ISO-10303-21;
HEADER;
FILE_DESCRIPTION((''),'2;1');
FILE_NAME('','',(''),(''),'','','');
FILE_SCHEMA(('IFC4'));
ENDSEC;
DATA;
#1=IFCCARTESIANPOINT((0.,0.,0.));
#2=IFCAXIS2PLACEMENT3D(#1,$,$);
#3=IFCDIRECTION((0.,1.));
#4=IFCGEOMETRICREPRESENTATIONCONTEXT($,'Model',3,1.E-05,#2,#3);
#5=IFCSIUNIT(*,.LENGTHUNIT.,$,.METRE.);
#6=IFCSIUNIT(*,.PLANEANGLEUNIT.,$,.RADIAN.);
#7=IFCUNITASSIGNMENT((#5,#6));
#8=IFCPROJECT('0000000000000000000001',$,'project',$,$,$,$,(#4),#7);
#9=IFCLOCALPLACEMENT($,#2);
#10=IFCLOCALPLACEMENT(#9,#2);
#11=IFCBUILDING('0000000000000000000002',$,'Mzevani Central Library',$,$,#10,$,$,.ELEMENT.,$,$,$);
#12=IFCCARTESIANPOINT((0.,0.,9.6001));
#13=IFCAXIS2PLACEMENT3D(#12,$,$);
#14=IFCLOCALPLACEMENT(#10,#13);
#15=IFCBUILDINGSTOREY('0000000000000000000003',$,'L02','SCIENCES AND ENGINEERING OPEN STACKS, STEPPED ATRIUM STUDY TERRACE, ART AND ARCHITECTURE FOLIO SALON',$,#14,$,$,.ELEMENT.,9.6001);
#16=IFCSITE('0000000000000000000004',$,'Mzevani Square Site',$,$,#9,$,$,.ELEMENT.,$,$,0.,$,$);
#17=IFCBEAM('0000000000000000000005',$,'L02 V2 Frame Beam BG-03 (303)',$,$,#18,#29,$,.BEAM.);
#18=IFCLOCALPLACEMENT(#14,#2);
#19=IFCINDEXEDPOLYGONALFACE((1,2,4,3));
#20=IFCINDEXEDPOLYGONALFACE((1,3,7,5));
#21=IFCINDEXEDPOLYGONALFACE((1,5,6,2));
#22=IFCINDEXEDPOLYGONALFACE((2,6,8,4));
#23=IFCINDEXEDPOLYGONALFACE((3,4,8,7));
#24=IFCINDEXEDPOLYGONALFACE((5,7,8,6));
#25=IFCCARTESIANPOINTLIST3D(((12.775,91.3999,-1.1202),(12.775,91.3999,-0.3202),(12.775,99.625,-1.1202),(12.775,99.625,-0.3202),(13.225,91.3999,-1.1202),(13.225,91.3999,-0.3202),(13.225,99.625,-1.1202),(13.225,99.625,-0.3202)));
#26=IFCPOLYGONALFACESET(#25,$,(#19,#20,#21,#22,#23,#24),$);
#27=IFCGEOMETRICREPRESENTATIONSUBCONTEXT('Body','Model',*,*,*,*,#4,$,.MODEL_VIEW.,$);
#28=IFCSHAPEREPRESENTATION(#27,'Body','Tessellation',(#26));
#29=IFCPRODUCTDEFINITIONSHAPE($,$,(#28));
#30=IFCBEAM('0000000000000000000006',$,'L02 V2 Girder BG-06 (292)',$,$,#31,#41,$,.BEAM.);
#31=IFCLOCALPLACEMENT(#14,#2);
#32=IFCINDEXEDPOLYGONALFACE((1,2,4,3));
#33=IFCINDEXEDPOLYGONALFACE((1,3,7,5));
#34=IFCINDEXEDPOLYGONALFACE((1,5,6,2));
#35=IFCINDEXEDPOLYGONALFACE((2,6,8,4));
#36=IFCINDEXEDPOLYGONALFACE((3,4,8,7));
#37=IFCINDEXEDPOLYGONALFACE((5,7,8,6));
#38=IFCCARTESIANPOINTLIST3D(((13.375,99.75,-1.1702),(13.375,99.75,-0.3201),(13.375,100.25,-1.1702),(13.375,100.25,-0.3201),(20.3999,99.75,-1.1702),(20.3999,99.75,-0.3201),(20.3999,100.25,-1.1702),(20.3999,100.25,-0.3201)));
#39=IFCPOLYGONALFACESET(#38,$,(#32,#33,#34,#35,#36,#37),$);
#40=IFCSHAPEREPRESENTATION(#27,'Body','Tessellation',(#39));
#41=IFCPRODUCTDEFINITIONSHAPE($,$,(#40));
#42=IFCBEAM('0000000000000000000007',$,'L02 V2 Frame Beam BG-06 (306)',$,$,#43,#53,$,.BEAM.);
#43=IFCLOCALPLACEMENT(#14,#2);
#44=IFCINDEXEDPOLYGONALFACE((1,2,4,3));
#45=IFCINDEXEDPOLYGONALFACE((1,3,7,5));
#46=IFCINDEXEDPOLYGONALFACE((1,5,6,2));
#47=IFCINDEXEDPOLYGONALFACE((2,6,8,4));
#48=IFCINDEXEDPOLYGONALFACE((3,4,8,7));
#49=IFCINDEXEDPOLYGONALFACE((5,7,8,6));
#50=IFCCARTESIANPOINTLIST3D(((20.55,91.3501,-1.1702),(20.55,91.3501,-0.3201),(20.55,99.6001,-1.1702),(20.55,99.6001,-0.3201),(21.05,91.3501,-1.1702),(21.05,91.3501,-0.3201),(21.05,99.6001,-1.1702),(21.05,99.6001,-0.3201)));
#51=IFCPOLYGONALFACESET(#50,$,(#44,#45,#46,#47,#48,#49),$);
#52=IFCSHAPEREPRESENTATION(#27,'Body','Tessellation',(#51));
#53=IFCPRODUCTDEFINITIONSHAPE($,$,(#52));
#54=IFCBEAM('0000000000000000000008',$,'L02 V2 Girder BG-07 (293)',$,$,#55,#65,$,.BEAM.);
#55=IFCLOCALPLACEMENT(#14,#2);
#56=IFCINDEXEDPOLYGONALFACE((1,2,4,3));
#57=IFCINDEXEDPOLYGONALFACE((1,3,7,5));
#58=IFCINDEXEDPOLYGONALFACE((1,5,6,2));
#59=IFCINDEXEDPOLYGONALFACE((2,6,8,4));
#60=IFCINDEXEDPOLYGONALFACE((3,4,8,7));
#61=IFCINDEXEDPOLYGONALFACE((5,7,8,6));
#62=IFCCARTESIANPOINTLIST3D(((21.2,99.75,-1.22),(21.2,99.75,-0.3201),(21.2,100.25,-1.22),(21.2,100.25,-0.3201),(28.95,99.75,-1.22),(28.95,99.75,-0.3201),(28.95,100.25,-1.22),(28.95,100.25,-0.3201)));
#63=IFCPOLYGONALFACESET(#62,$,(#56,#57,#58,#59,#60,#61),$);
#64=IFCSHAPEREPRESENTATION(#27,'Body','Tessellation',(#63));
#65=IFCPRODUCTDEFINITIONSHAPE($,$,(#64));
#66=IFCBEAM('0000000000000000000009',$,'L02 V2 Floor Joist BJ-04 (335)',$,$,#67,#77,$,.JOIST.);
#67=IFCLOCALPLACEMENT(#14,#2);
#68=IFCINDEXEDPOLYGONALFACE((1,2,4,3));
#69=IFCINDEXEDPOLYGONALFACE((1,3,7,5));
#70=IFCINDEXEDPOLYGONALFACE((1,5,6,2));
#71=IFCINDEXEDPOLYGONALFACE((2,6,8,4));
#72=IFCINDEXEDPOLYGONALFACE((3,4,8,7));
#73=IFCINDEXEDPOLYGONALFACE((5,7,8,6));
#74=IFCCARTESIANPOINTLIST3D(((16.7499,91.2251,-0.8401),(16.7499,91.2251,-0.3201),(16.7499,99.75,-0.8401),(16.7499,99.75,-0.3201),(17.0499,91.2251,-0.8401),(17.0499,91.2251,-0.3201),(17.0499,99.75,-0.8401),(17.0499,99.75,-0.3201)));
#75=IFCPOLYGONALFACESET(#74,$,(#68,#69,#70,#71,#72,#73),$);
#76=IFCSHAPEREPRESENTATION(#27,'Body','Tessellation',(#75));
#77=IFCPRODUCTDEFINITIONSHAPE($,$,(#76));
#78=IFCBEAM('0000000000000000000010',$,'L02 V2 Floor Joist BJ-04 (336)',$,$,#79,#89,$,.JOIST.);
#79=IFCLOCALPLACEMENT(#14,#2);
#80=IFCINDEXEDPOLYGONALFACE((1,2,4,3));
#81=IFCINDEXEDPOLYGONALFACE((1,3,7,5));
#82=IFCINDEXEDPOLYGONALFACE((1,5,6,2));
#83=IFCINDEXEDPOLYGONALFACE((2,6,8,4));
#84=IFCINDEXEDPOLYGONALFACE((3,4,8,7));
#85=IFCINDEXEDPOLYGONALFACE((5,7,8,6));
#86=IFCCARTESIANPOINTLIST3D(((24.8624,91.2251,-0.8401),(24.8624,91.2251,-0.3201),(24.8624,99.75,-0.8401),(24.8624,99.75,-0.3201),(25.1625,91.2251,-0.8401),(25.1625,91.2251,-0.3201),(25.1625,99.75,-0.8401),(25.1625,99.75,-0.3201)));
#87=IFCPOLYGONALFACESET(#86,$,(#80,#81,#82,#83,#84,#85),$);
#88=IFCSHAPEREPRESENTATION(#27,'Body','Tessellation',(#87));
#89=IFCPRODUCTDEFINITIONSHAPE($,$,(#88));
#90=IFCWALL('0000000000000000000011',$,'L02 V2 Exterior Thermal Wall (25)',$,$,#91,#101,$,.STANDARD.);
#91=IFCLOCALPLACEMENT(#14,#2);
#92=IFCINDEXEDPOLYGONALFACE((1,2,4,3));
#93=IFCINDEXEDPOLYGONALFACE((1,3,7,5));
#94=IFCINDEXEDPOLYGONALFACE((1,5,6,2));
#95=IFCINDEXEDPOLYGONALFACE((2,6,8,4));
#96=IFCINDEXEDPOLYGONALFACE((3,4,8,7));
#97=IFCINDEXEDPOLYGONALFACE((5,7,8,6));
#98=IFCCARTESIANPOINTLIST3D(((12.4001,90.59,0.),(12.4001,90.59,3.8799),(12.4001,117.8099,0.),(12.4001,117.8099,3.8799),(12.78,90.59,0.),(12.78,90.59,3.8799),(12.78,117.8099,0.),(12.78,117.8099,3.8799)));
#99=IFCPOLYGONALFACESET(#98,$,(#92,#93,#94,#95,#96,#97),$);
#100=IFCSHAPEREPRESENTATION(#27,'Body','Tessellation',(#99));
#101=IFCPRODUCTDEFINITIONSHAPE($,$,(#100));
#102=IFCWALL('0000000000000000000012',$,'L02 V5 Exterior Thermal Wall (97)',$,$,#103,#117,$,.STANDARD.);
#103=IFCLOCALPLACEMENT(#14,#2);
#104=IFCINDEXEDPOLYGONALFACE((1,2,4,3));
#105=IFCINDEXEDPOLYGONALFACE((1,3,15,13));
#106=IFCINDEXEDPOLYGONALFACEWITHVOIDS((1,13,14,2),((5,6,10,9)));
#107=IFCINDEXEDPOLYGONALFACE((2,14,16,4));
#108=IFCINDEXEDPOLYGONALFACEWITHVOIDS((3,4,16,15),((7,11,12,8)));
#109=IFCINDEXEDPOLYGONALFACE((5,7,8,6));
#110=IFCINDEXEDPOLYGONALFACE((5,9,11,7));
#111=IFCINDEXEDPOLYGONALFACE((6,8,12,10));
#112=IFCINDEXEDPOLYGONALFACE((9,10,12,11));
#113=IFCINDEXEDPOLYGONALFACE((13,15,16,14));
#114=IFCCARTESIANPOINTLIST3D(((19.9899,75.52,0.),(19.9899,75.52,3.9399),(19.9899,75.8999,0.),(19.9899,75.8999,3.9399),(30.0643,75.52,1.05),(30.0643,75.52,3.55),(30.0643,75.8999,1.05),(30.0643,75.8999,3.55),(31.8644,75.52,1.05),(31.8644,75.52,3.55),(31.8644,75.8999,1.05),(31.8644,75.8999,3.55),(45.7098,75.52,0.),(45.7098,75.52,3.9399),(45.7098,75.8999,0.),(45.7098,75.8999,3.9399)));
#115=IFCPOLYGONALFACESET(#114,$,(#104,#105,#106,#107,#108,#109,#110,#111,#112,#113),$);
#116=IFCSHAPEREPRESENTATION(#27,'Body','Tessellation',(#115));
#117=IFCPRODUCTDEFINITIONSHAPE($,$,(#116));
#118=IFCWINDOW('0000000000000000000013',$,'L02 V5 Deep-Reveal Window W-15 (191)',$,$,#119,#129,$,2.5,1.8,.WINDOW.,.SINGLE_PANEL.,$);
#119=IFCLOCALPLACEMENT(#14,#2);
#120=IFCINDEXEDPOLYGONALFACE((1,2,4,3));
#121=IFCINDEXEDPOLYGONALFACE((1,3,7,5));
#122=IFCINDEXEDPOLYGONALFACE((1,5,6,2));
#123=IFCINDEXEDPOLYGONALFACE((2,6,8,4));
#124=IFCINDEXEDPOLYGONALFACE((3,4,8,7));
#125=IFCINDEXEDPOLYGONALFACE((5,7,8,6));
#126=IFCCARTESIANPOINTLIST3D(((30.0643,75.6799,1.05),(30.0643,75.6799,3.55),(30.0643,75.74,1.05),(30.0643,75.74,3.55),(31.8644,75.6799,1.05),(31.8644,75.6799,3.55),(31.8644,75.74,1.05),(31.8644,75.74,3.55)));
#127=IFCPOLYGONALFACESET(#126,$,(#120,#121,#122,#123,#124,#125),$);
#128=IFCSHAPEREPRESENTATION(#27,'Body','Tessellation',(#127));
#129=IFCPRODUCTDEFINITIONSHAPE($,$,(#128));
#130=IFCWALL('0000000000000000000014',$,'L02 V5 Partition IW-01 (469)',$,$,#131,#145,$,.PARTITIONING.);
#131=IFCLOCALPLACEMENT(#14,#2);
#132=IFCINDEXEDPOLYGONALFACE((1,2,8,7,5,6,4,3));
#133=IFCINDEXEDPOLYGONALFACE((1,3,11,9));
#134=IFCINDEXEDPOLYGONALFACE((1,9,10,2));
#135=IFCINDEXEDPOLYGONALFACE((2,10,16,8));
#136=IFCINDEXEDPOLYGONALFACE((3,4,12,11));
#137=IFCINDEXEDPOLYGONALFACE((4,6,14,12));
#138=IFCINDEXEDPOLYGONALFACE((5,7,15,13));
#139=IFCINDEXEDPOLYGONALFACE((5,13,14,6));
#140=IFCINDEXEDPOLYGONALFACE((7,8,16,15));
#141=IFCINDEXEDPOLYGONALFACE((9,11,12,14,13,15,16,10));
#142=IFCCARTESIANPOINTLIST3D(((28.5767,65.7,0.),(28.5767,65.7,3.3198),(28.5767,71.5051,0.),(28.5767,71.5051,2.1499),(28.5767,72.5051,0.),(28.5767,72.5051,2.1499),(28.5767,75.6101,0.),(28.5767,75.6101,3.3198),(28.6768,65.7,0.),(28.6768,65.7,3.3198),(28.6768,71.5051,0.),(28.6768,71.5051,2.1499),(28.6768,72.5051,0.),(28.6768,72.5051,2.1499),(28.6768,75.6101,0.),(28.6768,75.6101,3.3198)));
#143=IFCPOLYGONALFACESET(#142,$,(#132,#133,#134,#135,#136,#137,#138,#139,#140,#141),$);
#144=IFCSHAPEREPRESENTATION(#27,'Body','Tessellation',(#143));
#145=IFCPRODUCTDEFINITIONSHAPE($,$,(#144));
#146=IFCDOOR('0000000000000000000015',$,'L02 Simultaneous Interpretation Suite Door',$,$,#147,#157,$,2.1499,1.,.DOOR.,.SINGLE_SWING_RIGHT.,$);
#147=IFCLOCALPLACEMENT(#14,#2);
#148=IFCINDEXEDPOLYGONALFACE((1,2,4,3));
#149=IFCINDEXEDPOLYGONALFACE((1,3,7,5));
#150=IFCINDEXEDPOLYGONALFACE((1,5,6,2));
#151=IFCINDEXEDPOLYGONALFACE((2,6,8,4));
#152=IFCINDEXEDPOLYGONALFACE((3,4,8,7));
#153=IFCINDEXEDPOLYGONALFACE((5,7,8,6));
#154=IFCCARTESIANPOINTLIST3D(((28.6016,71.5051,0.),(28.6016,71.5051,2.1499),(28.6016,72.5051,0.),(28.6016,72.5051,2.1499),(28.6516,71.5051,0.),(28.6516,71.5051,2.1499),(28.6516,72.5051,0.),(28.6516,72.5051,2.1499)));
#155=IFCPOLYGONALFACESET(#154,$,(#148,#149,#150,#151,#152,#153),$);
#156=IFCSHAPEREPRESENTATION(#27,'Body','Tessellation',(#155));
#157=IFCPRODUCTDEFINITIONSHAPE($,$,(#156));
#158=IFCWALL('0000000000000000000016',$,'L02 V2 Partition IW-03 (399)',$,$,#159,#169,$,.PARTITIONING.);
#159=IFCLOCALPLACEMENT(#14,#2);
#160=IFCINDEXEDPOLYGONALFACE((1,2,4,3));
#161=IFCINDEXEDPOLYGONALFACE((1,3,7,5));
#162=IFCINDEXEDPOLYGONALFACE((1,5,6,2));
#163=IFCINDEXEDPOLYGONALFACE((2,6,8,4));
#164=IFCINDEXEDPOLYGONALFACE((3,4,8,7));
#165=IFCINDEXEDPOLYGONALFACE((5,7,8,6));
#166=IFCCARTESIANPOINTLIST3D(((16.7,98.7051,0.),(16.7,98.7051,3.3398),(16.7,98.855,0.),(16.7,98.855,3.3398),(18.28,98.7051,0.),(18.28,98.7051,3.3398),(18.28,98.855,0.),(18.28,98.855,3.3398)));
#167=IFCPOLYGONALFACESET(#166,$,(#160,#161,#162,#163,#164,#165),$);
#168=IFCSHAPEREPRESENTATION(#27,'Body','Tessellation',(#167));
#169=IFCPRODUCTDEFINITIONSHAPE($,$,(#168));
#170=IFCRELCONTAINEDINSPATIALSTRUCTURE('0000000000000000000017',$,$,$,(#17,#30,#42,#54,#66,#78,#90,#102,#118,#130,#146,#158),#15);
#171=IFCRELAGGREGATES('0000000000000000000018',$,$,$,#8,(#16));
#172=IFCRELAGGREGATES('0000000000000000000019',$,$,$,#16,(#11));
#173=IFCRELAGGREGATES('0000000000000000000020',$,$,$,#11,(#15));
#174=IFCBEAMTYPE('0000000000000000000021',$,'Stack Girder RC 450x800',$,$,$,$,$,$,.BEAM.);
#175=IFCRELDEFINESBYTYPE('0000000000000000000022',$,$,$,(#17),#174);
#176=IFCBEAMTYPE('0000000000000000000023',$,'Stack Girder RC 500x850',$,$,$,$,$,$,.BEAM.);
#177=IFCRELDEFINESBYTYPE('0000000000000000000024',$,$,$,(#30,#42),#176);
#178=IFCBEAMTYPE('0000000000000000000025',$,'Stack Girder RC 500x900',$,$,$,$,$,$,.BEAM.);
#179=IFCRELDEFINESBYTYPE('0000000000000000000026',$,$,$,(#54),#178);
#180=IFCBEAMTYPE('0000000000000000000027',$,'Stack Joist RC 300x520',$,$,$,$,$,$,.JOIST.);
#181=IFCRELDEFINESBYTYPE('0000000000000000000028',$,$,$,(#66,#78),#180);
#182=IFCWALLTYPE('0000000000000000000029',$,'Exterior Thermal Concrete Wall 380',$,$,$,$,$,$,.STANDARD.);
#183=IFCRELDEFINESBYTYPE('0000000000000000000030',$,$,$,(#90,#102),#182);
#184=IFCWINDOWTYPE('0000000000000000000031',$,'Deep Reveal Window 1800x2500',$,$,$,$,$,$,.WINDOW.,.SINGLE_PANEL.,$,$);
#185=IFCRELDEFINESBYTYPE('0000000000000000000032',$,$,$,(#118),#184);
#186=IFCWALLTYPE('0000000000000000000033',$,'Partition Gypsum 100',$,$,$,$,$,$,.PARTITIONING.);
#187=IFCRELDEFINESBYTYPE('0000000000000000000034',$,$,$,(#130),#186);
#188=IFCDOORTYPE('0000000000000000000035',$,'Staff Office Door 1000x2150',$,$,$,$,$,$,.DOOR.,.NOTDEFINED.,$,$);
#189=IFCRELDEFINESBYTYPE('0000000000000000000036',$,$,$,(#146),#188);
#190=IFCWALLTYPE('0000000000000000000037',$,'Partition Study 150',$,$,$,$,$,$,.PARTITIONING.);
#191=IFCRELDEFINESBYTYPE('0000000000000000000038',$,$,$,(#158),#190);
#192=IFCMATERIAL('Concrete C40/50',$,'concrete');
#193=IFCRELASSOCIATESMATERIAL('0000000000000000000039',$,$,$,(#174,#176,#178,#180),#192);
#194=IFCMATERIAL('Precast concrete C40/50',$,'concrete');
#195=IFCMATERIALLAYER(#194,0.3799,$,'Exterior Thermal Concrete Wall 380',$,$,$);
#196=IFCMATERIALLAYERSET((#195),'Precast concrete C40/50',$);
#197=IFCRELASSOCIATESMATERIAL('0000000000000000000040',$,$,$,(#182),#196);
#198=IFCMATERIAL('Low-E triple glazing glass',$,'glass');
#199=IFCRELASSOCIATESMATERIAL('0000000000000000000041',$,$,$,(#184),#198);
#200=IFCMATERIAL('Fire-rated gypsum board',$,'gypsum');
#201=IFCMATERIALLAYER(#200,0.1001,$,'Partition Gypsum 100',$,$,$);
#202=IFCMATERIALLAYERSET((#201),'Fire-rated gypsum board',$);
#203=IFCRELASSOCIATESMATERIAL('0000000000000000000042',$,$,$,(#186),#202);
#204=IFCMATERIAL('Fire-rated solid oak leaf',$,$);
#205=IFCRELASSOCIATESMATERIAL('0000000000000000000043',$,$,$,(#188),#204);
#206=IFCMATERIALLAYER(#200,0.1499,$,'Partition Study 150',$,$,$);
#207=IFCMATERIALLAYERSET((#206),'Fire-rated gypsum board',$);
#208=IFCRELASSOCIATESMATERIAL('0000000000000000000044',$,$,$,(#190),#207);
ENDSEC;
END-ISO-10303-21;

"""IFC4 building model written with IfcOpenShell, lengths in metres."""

from ifc_helpers import new_model, si_unit, direction, frame, frame_2d, origin, origin_2d, place, context, subcontext, project, spatial, rectangle, extrude, material, layer, layer_set, material_profile, profile_set, type_object, element, fill, save


model = new_model("IFC4")

# Units and contexts
model_context = context("Model", 3, precision=1e-05, world=origin(), true_north=direction((0.0, 1.0)))
body_context = subcontext(model_context, "Body", "Model", "MODEL_VIEW")
ifc_project = project(units=[si_unit("LENGTHUNIT", "METRE"), si_unit("PLANEANGLEUNIT", "RADIAN")], contexts=[model_context])

# Site, building, storey
site_placement = place(None, origin())
site = spatial("IfcSite", under=ifc_project, at=site_placement, Name="Mzevani Square Site", CompositionType="ELEMENT", RefElevation=0.0)
building_placement = place(site_placement, origin())
building = spatial("IfcBuilding", under=site, at=building_placement, Name="Mzevani Central Library", CompositionType="ELEMENT")
storey_placement = place(building_placement, frame((0.0, 0.0, 9.6001)))
storey = spatial("IfcBuildingStorey", under=building, at=storey_placement, Name="L02", Description="SCIENCES AND ENGINEERING OPEN STACKS, STEPPED ATRIUM STUDY TERRACE, ART AND ARCHITECTURE FOLIO SALON", CompositionType="ELEMENT", Elevation=9.6001)

# Shared definitions
ifc_material_1 = material(Name="Concrete C40/50", Category="concrete")

# Beams
ifc_material_profile_1 = material_profile(ifc_material_1, rectangle(XDim=0.45, YDim=0.8, at=origin_2d()), Name="RC B450x800")
ifc_profile_set_1 = profile_set([ifc_material_profile_1], Name="Concrete C40/50")
beam_type_1 = type_object("IfcBeamType", Name="Stack Girder RC 450x800", PredefinedType="BEAM", material=ifc_profile_set_1)
beam_1_placement = place(storey_placement, frame((13.0, 91.3999, -0.7202), z_axis=(0.0, 1.0, 0.0), x_axis=(-1.0, 0.0, 0.0)))
element("IfcBeam", 1, at=beam_1_placement, inside=storey, type_object=beam_type_1, Name="L02 V2 Frame Beam BG-03 (303)", PredefinedType="BEAM", context=body_context, shape_type="SweptSolid", body=[
    extrude(rectangle(XDim=0.45, YDim=0.8, at=origin_2d()), origin(), (0.0, 0.0, 1.0), 8.2251),
])
ifc_material_profile_2 = material_profile(ifc_material_1, rectangle(XDim=0.5, YDim=0.8501, at=origin_2d()), Name="RC B500x850")
ifc_profile_set_2 = profile_set([ifc_material_profile_2], Name="Concrete C40/50")
beam_type_2 = type_object("IfcBeamType", Name="Stack Girder RC 500x850", PredefinedType="BEAM", material=ifc_profile_set_2)
beam_2_placement = place(storey_placement, frame((13.375, 100.0, -0.7451), z_axis=(1.0, 0.0, 0.0), x_axis=(0.0, 1.0, 0.0)))
element("IfcBeam", 2, at=beam_2_placement, inside=storey, type_object=beam_type_2, Name="L02 V2 Girder BG-06 (292)", PredefinedType="BEAM", context=body_context, shape_type="SweptSolid", body=[
    extrude(rectangle(XDim=0.5, YDim=0.8501, at=origin_2d()), origin(), (0.0, 0.0, 1.0), 7.0249),
])
beam_3_placement = place(storey_placement, frame((20.8, 91.3501, -0.7451), z_axis=(0.0, 1.0, 0.0), x_axis=(-1.0, 0.0, 0.0)))
element("IfcBeam", 3, at=beam_3_placement, inside=storey, type_object=beam_type_2, Name="L02 V2 Frame Beam BG-06 (306)", PredefinedType="BEAM", context=body_context, shape_type="SweptSolid", body=[
    extrude(rectangle(XDim=0.5, YDim=0.8501, at=origin_2d()), origin(), (0.0, 0.0, 1.0), 8.25),
])
ifc_material_profile_3 = material_profile(ifc_material_1, rectangle(XDim=0.5, YDim=0.8999, at=origin_2d()), Name="RC B500x900")
ifc_profile_set_3 = profile_set([ifc_material_profile_3], Name="Concrete C40/50")
beam_type_3 = type_object("IfcBeamType", Name="Stack Girder RC 500x900", PredefinedType="BEAM", material=ifc_profile_set_3)
beam_4_placement = place(storey_placement, frame((21.2, 100.0, -0.77), z_axis=(1.0, 0.0, 0.0), x_axis=(0.0, 1.0, 0.0)))
element("IfcBeam", 4, at=beam_4_placement, inside=storey, type_object=beam_type_3, Name="L02 V2 Girder BG-07 (293)", PredefinedType="BEAM", context=body_context, shape_type="SweptSolid", body=[
    extrude(rectangle(XDim=0.5, YDim=0.8999, at=origin_2d()), origin(), (0.0, 0.0, 1.0), 7.75),
])
ifc_material_profile_4 = material_profile(ifc_material_1, rectangle(XDim=0.3, YDim=0.52, at=origin_2d()), Name="RC J300x520")
ifc_profile_set_4 = profile_set([ifc_material_profile_4], Name="Concrete C40/50")
beam_type_4 = type_object("IfcBeamType", Name="Stack Joist RC 300x520", PredefinedType="JOIST", material=ifc_profile_set_4)
for number, where, z_axis, x_axis, name in (
    (5, (16.8999, 91.2251, -0.5801), (0.0, 1.0, 0.0), (-1.0, 0.0, 0.0), "L02 V2 Floor Joist BJ-04 (335)"),
    (6, (25.0125, 91.2251, -0.5801), (0.0, 1.0, 0.0), (-1.0, 0.0, 0.0), "L02 V2 Floor Joist BJ-04 (336)"),
):
    element("IfcBeam", number, at=place(storey_placement, frame(where, z_axis=z_axis, x_axis=x_axis)), inside=storey, type_object=beam_type_4, Name=name, PredefinedType="JOIST", context=body_context, shape_type="SweptSolid", body=[
        extrude(rectangle(XDim=0.3, YDim=0.52, at=origin_2d()), origin(), (0.0, 0.0, 1.0), 8.5249),
    ])

# Wall
ifc_material_2 = material(Name="Precast concrete C40/50", Category="concrete")
ifc_layer_1 = layer(ifc_material_2, 0.3799, Name="Exterior Thermal Concrete Wall 380")
ifc_layer_set_1 = layer_set([ifc_layer_1], Name="Precast concrete C40/50")
wall_type_1 = type_object("IfcWallType", Name="Exterior Thermal Concrete Wall 380", PredefinedType="STANDARD", material=ifc_layer_set_1)
wall_1_placement = place(storey_placement, frame((12.5901, 90.5901, 0.0), z_axis=(0.0, 0.0, 1.0), x_axis=(0.0, 1.0, 0.0)))
element("IfcWall", 7, at=wall_1_placement, inside=storey, type_object=wall_type_1, Name="L02 V2 Exterior Thermal Wall (25)", PredefinedType="STANDARD", context=body_context, shape_type="SweptSolid", body=[
    extrude(rectangle(XDim=27.22, YDim=0.3799, at=frame_2d((13.6099, 0.0))), origin(), (0.0, 0.0, 1.0), 3.8799),
])

# Wall, opening, window
wall_2_placement = place(storey_placement, frame((19.99, 75.71, 0.0), z_axis=(0.0, 0.0, 1.0), x_axis=(1.0, 0.0, 0.0)))
wall_2 = element("IfcWall", 8, at=wall_2_placement, inside=storey, type_object=wall_type_1, Name="L02 V5 Exterior Thermal Wall (97)", PredefinedType="STANDARD", context=body_context, shape_type="SweptSolid", body=[
    extrude(rectangle(XDim=25.72, YDim=0.3799, at=frame_2d((12.8599, 0.0))), origin(), (0.0, 0.0, 1.0), 3.9399),
])
opening_1_placement = place(wall_2_placement, frame((10.0745, 0.0, 1.05)))
opening_1 = element("IfcOpeningElement", 9, at=opening_1_placement, cuts=wall_2, PredefinedType="OPENING", context=body_context, shape_type="SweptSolid", body=[
    extrude(rectangle(XDim=1.8, YDim=2.5, at=frame_2d((0.8999, 1.25))), frame((0.0, 0.2, 0.0), z_axis=(0.0, -1.0, 0.0), x_axis=(1.0, 0.0, 0.0)), (0.0, 0.0, 1.0), 0.3999),
])
ifc_material_3 = material(Name="Low-E triple glazing glass", Category="glass")
window_type = type_object("IfcWindowType", Name="Deep Reveal Window 1800x2500", PartitioningType="SINGLE_PANEL", PredefinedType="WINDOW", material=ifc_material_3)
window_placement = place(opening_1_placement, origin())
window = element("IfcWindow", 10, at=window_placement, inside=storey, type_object=window_type, Name="L02 V5 Deep-Reveal Window W-15 (191)", OverallHeight=2.5, OverallWidth=1.8, PartitioningType="SINGLE_PANEL", PredefinedType="WINDOW", context=body_context, shape_type="SweptSolid", body=[
    extrude(rectangle(XDim=1.8, YDim=2.5, at=frame_2d((0.8999, 1.25))), frame((0.0, 0.03, 0.0), z_axis=(0.0, -1.0, 0.0), x_axis=(1.0, 0.0, 0.0)), (0.0, 0.0, 1.0), 0.0601),
])
fill(opening_1, window)

# Wall, opening, door
ifc_material_4 = material(Name="Fire-rated gypsum board", Category="gypsum")
ifc_layer_2 = layer(ifc_material_4, 0.1001, Name="Partition Gypsum 100")
ifc_layer_set_2 = layer_set([ifc_layer_2], Name="Fire-rated gypsum board")
wall_type_2 = type_object("IfcWallType", Name="Partition Gypsum 100", PredefinedType="PARTITIONING", material=ifc_layer_set_2)
wall_3_placement = place(storey_placement, frame((28.6267, 75.6101, 0.0), z_axis=(0.0, 0.0, 1.0), x_axis=(0.0, -1.0, 0.0)))
wall_3 = element("IfcWall", 11, at=wall_3_placement, inside=storey, type_object=wall_type_2, Name="L02 V5 Partition IW-01 (469)", PredefinedType="PARTITIONING", context=body_context, shape_type="SweptSolid", body=[
    extrude(rectangle(XDim=9.9102, YDim=0.1001, at=frame_2d((4.9551, 0.0))), origin(), (0.0, 0.0, 1.0), 3.3198),
])
opening_2_placement = place(wall_3_placement, frame((3.105, 0.0, 0.0)))
opening_2 = element("IfcOpeningElement", 12, at=opening_2_placement, cuts=wall_3, PredefinedType="OPENING", context=body_context, shape_type="SweptSolid", body=[
    extrude(rectangle(XDim=1.0, YDim=2.1499, at=frame_2d((0.5, 1.075))), frame((0.0, 0.0601, 0.0), z_axis=(0.0, -1.0, 0.0), x_axis=(1.0, 0.0, 0.0)), (0.0, 0.0, 1.0), 0.1201),
])
ifc_material_5 = material(Name="Fire-rated solid oak leaf")
door_type = type_object("IfcDoorType", Name="Staff Office Door 1000x2150", OperationType="NOTDEFINED", PredefinedType="DOOR", material=ifc_material_5)
door_placement = place(opening_2_placement, origin())
door = element("IfcDoor", 13, at=door_placement, inside=storey, type_object=door_type, Name="L02 Simultaneous Interpretation Suite Door", OperationType="SINGLE_SWING_RIGHT", OverallHeight=2.1499, OverallWidth=1.0, PredefinedType="DOOR", context=body_context, shape_type="SweptSolid", body=[
    extrude(rectangle(XDim=1.0, YDim=2.1499, at=frame_2d((0.5, 1.075))), frame((0.0, 0.0249, 0.0), z_axis=(0.0, -1.0, 0.0), x_axis=(1.0, 0.0, 0.0)), (0.0, 0.0, 1.0), 0.05),
])
fill(opening_2, door)

# Wall
ifc_layer_3 = layer(ifc_material_4, 0.1499, Name="Partition Study 150")
ifc_layer_set_3 = layer_set([ifc_layer_3], Name="Fire-rated gypsum board")
wall_type_3 = type_object("IfcWallType", Name="Partition Study 150", PredefinedType="PARTITIONING", material=ifc_layer_set_3)
wall_4_placement = place(storey_placement, frame((16.7, 98.78, 0.0), z_axis=(0.0, 0.0, 1.0), x_axis=(1.0, 0.0, 0.0)))
element("IfcWall", 14, at=wall_4_placement, inside=storey, type_object=wall_type_3, Name="L02 V2 Partition IW-03 (399)", PredefinedType="PARTITIONING", context=body_context, shape_type="SweptSolid", body=[
    extrude(rectangle(XDim=1.5801, YDim=0.1499, at=frame_2d((0.79, 0.0))), origin(), (0.0, 0.0, 1.0), 3.3398),
])

save(model, "model.ifc")
